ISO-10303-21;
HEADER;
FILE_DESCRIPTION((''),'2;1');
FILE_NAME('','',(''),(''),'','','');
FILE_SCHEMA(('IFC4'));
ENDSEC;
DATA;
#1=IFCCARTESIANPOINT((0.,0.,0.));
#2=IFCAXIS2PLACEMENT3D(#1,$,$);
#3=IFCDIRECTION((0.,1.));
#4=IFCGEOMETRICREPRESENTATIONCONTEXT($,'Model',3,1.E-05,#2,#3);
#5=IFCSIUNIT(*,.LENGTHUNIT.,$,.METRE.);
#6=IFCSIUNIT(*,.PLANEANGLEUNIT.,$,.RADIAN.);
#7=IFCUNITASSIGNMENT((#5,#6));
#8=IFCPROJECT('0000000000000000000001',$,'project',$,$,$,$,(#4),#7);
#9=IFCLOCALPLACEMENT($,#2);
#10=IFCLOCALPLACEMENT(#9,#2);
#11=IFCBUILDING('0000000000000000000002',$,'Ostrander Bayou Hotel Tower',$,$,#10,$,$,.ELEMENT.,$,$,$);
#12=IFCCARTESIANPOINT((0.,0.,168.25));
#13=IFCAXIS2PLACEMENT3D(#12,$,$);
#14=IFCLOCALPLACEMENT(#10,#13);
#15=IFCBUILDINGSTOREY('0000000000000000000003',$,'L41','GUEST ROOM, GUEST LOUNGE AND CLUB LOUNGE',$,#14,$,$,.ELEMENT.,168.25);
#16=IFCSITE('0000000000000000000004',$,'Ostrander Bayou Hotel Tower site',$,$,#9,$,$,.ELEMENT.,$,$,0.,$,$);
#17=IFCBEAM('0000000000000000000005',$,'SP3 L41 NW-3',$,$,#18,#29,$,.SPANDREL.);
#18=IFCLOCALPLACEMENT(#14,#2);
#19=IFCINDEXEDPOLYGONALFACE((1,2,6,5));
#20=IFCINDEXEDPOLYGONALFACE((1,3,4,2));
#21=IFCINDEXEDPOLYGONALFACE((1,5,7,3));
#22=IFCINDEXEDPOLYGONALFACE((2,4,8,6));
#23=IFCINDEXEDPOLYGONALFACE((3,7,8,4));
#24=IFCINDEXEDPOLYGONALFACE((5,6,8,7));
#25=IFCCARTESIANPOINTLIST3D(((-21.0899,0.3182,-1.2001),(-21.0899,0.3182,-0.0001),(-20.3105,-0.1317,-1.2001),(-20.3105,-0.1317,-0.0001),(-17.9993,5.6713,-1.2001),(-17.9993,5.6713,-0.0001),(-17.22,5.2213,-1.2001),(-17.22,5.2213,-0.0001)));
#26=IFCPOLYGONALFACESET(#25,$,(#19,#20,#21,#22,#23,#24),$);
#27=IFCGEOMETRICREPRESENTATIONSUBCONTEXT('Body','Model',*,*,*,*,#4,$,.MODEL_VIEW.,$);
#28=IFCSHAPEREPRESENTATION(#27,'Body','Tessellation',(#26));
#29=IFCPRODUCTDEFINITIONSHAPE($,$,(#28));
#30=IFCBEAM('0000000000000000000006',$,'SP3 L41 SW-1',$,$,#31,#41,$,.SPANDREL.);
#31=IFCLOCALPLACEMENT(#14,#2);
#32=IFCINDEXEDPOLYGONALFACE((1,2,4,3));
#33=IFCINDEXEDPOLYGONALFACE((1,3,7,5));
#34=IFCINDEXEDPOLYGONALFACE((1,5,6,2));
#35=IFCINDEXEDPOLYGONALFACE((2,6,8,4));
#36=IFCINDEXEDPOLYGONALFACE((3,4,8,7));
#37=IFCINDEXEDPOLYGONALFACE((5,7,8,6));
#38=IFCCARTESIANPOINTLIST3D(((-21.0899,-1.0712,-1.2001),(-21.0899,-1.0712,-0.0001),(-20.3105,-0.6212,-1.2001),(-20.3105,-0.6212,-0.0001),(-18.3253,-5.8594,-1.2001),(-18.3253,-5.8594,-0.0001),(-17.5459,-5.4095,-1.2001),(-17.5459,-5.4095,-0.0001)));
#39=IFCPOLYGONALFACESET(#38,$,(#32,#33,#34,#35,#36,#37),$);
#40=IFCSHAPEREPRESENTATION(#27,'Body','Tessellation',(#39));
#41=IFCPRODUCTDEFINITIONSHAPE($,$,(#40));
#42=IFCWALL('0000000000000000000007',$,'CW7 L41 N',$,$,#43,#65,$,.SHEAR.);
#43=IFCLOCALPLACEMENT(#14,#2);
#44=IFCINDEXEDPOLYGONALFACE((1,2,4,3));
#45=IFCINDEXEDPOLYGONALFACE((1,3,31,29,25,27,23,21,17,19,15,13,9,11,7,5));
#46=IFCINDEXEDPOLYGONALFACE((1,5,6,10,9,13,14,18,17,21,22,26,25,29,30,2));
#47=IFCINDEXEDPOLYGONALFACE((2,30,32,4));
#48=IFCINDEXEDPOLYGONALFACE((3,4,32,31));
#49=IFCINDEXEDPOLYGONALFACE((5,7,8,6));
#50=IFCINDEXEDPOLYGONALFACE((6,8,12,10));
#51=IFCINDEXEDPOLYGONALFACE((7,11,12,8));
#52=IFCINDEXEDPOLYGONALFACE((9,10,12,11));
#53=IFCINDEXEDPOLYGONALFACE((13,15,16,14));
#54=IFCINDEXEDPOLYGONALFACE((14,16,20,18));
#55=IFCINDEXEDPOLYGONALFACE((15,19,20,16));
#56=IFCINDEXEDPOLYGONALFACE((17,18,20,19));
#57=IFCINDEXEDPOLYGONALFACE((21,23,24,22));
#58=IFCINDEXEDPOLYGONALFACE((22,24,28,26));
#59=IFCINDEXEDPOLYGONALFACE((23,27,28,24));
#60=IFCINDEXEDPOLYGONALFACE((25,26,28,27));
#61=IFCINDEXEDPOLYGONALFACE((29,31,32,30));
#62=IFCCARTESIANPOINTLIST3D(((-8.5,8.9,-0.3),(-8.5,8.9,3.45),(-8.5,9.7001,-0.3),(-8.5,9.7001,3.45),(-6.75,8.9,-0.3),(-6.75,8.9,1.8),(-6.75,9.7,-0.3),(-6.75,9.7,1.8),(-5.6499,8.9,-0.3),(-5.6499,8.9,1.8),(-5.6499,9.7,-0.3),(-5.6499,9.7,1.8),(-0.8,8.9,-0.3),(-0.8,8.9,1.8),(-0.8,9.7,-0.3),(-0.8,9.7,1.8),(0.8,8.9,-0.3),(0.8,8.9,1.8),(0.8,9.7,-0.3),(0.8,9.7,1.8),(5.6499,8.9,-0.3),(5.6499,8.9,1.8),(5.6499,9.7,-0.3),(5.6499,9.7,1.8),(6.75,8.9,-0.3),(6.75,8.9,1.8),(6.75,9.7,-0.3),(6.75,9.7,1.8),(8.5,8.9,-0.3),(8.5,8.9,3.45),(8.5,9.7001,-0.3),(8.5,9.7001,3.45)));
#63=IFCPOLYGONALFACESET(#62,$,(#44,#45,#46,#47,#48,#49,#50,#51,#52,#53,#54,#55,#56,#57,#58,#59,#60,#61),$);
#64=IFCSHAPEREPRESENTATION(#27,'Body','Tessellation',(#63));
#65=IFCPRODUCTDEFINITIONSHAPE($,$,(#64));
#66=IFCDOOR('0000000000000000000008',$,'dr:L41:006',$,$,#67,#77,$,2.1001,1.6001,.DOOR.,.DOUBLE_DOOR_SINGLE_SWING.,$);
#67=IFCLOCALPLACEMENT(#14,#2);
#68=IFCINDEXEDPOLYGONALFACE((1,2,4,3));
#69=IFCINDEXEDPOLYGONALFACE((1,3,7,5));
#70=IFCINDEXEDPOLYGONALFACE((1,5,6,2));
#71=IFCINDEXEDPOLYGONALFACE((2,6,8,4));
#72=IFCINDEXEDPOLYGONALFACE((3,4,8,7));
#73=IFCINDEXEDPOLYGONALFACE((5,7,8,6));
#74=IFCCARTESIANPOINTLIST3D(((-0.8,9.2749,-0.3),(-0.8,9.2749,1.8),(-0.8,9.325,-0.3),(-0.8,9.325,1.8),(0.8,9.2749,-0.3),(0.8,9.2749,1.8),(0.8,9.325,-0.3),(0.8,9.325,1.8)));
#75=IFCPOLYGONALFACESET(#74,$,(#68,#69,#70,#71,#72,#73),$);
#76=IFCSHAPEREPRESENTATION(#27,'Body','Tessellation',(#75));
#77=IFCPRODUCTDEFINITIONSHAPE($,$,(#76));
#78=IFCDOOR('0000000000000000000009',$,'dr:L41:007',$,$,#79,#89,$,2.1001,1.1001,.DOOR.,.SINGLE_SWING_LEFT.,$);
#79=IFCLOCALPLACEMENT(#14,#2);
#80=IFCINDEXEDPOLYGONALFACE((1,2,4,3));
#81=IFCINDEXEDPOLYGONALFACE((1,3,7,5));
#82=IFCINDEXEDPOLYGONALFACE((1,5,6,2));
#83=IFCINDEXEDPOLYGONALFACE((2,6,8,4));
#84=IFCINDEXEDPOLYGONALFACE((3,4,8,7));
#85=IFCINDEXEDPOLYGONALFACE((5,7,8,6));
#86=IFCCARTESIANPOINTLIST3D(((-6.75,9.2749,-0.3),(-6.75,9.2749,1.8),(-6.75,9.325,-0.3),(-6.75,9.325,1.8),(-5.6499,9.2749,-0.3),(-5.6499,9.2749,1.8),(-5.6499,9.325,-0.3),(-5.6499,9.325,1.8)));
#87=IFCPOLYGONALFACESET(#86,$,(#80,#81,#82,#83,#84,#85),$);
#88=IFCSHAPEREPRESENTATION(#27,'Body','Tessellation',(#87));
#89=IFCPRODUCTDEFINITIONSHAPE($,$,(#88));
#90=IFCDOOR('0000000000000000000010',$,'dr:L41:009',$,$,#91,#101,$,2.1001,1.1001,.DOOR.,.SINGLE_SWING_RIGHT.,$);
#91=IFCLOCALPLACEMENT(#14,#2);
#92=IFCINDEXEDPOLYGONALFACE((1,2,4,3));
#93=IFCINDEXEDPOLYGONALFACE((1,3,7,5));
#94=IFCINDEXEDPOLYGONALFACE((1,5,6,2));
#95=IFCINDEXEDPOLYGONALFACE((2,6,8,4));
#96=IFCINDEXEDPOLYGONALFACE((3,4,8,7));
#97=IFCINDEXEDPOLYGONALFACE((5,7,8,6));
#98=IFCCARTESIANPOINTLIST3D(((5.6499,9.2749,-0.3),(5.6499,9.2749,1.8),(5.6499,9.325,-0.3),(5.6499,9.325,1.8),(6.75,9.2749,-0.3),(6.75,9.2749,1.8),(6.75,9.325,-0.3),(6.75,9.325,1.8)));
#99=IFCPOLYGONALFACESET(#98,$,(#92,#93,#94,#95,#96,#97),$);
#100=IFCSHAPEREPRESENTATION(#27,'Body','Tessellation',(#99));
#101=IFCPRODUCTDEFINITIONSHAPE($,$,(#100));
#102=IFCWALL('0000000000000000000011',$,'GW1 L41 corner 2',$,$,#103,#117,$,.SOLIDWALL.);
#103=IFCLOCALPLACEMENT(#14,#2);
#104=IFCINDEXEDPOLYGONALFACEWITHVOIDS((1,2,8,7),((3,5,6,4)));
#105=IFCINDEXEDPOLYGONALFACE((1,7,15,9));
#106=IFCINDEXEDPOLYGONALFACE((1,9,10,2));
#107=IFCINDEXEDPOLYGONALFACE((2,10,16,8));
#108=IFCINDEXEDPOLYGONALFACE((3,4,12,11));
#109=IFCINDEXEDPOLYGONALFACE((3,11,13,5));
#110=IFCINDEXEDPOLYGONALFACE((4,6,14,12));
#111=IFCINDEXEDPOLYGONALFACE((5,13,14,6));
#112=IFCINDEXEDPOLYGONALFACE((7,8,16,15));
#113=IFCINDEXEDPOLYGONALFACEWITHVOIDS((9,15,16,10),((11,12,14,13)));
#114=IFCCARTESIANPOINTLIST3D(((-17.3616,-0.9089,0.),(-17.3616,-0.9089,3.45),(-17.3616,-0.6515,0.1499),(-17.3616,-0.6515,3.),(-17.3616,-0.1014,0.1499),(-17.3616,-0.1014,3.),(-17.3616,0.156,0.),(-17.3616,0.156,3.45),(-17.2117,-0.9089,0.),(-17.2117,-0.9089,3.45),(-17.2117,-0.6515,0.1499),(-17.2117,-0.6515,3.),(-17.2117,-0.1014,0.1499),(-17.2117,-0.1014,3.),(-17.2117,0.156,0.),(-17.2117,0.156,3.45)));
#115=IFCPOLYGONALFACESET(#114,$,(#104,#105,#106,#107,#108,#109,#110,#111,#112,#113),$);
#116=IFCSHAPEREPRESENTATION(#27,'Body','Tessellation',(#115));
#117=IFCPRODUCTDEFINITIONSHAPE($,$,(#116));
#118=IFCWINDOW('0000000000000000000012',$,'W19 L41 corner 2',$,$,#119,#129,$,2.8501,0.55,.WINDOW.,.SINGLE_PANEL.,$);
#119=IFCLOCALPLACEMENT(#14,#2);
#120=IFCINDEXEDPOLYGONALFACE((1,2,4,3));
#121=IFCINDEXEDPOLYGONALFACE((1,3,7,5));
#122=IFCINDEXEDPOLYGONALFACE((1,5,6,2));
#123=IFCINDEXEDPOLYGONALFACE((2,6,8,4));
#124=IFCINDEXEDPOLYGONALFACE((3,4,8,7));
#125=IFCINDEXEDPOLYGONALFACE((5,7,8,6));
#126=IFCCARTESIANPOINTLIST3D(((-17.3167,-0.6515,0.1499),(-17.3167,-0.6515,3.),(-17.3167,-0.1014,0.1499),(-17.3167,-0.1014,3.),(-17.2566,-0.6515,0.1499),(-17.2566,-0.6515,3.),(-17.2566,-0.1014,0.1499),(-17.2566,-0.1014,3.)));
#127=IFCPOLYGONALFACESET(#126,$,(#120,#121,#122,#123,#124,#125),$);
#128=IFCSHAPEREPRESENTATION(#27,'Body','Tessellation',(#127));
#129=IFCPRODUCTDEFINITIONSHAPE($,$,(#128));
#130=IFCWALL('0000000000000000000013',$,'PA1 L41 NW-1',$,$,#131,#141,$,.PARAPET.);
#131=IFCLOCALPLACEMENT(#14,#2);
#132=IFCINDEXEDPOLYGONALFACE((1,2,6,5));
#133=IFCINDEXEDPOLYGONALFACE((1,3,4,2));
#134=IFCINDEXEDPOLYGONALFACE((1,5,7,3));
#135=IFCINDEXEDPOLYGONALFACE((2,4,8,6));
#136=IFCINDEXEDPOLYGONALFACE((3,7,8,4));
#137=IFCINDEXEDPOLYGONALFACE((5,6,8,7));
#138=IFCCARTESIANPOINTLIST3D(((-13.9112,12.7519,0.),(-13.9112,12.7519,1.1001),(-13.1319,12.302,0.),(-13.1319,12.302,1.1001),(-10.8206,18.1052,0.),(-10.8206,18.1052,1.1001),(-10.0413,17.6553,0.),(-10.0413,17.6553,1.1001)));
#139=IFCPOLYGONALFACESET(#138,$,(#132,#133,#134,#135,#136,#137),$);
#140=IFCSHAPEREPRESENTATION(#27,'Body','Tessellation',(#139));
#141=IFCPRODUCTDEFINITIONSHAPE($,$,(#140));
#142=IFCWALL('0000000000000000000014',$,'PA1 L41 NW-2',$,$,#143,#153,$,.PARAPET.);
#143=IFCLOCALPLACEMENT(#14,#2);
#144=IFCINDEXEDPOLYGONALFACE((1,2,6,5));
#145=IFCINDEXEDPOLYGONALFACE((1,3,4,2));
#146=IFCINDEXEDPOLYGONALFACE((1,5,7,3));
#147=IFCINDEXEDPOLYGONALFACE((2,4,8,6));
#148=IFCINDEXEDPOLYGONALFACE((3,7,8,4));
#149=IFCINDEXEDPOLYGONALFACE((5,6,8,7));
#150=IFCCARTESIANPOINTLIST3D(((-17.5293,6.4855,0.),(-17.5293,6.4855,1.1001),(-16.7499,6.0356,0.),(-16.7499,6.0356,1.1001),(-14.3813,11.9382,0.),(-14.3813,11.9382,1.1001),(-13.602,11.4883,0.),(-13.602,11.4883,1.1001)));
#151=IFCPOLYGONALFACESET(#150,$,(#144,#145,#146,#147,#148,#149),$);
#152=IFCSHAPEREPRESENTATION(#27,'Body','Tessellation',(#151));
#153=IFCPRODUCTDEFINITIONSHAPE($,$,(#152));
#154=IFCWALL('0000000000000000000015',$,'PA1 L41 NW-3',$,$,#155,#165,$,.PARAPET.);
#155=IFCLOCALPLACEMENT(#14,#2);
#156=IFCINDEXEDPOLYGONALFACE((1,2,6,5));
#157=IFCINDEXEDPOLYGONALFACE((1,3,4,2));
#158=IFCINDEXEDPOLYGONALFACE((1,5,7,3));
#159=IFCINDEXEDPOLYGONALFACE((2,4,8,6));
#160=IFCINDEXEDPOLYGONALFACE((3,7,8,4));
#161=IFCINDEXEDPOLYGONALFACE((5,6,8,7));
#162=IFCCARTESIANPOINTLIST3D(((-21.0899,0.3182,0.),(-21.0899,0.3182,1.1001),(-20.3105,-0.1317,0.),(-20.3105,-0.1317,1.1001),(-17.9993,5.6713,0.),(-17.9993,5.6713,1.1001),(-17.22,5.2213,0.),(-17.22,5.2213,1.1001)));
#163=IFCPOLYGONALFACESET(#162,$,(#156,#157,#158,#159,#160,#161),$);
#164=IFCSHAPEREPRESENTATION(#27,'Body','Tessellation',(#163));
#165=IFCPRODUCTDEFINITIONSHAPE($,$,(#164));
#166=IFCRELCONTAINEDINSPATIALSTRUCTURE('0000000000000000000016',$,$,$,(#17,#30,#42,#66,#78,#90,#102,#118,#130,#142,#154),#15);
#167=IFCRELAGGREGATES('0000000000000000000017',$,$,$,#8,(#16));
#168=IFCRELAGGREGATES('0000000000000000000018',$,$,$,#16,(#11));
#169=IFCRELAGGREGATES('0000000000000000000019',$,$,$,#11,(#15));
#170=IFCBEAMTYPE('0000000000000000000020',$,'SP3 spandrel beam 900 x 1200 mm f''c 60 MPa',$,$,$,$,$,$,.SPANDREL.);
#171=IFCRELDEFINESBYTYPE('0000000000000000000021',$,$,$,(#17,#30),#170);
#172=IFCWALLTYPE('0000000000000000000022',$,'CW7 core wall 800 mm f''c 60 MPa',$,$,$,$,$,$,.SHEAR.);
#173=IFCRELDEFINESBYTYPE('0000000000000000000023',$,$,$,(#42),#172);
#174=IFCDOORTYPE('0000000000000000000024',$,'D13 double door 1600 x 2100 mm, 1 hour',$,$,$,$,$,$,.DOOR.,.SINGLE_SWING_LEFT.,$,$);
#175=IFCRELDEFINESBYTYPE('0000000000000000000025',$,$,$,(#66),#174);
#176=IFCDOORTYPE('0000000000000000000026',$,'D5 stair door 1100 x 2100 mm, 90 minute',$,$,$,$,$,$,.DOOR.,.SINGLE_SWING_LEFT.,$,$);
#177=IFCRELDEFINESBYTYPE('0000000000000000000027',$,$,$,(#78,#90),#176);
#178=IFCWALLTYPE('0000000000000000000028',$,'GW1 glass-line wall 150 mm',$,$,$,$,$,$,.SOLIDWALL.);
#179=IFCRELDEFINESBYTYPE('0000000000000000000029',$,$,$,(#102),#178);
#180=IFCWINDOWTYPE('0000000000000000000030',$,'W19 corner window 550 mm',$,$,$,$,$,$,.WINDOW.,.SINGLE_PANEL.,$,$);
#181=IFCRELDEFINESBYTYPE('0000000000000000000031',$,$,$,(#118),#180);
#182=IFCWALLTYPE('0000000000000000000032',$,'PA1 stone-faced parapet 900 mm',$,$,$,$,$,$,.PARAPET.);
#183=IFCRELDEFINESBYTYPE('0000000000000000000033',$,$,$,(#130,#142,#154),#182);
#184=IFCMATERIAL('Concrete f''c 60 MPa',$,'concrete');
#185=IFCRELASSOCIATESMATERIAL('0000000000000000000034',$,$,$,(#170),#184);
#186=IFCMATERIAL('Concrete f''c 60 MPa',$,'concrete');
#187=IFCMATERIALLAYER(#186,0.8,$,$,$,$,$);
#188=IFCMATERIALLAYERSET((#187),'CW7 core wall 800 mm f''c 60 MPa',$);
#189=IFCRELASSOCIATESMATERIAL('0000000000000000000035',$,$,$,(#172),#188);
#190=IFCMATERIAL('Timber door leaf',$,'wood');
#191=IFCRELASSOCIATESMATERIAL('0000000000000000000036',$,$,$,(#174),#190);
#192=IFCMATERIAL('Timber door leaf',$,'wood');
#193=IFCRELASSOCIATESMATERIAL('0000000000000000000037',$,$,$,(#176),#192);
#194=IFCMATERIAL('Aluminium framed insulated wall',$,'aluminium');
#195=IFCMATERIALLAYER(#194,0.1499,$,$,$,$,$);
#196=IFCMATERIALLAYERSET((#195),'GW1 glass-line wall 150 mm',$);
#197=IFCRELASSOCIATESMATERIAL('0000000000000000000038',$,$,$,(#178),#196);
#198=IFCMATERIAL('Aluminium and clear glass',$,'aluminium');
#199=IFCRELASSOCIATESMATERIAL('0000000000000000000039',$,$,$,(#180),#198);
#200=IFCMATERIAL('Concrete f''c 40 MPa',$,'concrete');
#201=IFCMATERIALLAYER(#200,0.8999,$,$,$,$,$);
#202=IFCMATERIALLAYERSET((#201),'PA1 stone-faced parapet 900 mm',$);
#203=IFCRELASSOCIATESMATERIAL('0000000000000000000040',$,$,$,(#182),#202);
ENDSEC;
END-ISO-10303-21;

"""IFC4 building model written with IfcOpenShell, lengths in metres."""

from ifc_helpers import new_model, si_unit, direction, frame, frame_2d, origin, origin_2d, place, context, subcontext, project, spatial, rectangle, extrude, material, layer, layer_set, material_profile, profile_set, type_object, element, fill, save


model = new_model("IFC4")

# Units and contexts
model_context = context("Model", 3, precision=1e-05, world=origin(), true_north=direction((0.0, 1.0)))
body_context = subcontext(model_context, "Body", "Model", "MODEL_VIEW")
ifc_project = project(units=[si_unit("LENGTHUNIT", "METRE"), si_unit("PLANEANGLEUNIT", "RADIAN")], contexts=[model_context])

# Site, building, storey
site_placement = place(None, origin())
site = spatial("IfcSite", under=ifc_project, at=site_placement, Name="Ostrander Bayou Hotel Tower site", CompositionType="ELEMENT", RefElevation=0.0)
building_placement = place(site_placement, origin())
building = spatial("IfcBuilding", under=site, at=building_placement, Name="Ostrander Bayou Hotel Tower", CompositionType="ELEMENT")
storey_placement = place(building_placement, frame((0.0, 0.0, 168.25)))
storey = spatial("IfcBuildingStorey", under=building, at=storey_placement, Name="L41", Description="GUEST ROOM, GUEST LOUNGE AND CLUB LOUNGE", CompositionType="ELEMENT", Elevation=168.25)

# Beams
ifc_material_1 = material(Name="Concrete f'c 60 MPa", Category="concrete")
ifc_material_profile_1 = material_profile(ifc_material_1, rectangle(XDim=0.8999, YDim=1.2, at=origin_2d()))
ifc_profile_set_1 = profile_set([ifc_material_profile_1], Name="Concrete f'c 60 MPa")
beam_type_1 = type_object("IfcBeamType", Name="SP3 spandrel beam 900 x 1200 mm f'c 60 MPa", PredefinedType="SPANDREL", material=ifc_profile_set_1)
beam_1_placement = place(storey_placement, frame((-17.6096, 5.4463, -0.6001), z_axis=(-0.500001, -0.866025, 0.0), x_axis=(0.866025, -0.500001, 0.0)))
element("IfcBeam", 1, at=beam_1_placement, inside=storey, type_object=beam_type_1, Name="SP3 L41 NW-3", PredefinedType="SPANDREL", context=body_context, shape_type="SweptSolid", body=[
    extrude(rectangle(XDim=0.8999, YDim=1.2, at=origin_2d()), origin(), (0.0, 0.0, 1.0), 6.1812),
])
beam_2_placement = place(storey_placement, frame((-20.7002, -0.8462, -0.6001), z_axis=(0.500014, -0.866017, 0.0), x_axis=(0.866017, 0.500014, 0.0)))
element("IfcBeam", 2, at=beam_2_placement, inside=storey, type_object=beam_type_1, Name="SP3 L41 SW-1", PredefinedType="SPANDREL", context=body_context, shape_type="SweptSolid", body=[
    extrude(rectangle(XDim=0.8999, YDim=1.2, at=origin_2d()), origin(), (0.0, 0.0, 1.0), 5.5291),
])

# Wall, openings, doors
ifc_material_2 = material(Name="Concrete f'c 60 MPa", Category="concrete")
ifc_layer_1 = layer(ifc_material_2, 0.8)
ifc_layer_set_1 = layer_set([ifc_layer_1], Name="CW7 core wall 800 mm f'c 60 MPa")
wall_type_1 = type_object("IfcWallType", Name="CW7 core wall 800 mm f'c 60 MPa", PredefinedType="SHEAR", material=ifc_layer_set_1)
wall_1_placement = place(storey_placement, frame((-8.5, 9.3, -0.3), z_axis=(0.0, 0.0, 1.0), x_axis=(1.0, 0.0, 0.0)))
wall_1 = element("IfcWall", 3, at=wall_1_placement, inside=storey, type_object=wall_type_1, Name="CW7 L41 N", PredefinedType="SHEAR", context=body_context, shape_type="SweptSolid", body=[
    extrude(rectangle(XDim=17.0, YDim=0.8, at=frame_2d((8.5, 0.0))), origin(), (0.0, 0.0, 1.0), 3.75),
])
opening_1_placement = place(wall_1_placement, frame((7.7, 0.0, 0.0)))
opening_1 = element("IfcOpeningElement", 4, at=opening_1_placement, cuts=wall_1, PredefinedType="OPENING", context=body_context, shape_type="SweptSolid", body=[
    extrude(rectangle(XDim=1.6001, YDim=2.1001, at=frame_2d((0.8, 1.05))), frame((0.0, 0.3999, 0.0), z_axis=(0.0, -1.0, 0.0), x_axis=(1.0, 0.0, 0.0)), (0.0, 0.0, 1.0), 0.8),
])
opening_2_placement = place(wall_1_placement, frame((1.75, 0.0, 0.0)))
opening_2 = element("IfcOpeningElement", 5, at=opening_2_placement, cuts=wall_1, PredefinedType="OPENING", context=body_context, shape_type="SweptSolid", body=[
    extrude(rectangle(XDim=1.1001, YDim=2.1001, at=frame_2d((0.55, 1.05))), frame((0.0, 0.3999, 0.0), z_axis=(0.0, -1.0, 0.0), x_axis=(1.0, 0.0, 0.0)), (0.0, 0.0, 1.0), 0.8),
])
opening_3_placement = place(wall_1_placement, frame((14.1499, 0.0, 0.0)))
opening_3 = element("IfcOpeningElement", 6, at=opening_3_placement, cuts=wall_1, PredefinedType="OPENING", context=body_context, shape_type="SweptSolid", body=[
    extrude(rectangle(XDim=1.1001, YDim=2.1001, at=frame_2d((0.55, 1.05))), frame((0.0, 0.3999, 0.0), z_axis=(0.0, -1.0, 0.0), x_axis=(1.0, 0.0, 0.0)), (0.0, 0.0, 1.0), 0.8),
])
ifc_material_3 = material(Name="Timber door leaf", Category="wood")
door_type_1 = type_object("IfcDoorType", Name="D13 double door 1600 x 2100 mm, 1 hour", OperationType="SINGLE_SWING_LEFT", PredefinedType="DOOR", material=ifc_material_3)
door_1_placement = place(opening_1_placement, origin())
door_1 = element("IfcDoor", 7, at=door_1_placement, inside=storey, type_object=door_type_1, Name="dr:L41:006", OperationType="DOUBLE_DOOR_SINGLE_SWING", OverallHeight=2.1001, OverallWidth=1.6001, PredefinedType="DOOR", context=body_context, shape_type="SweptSolid", body=[
    extrude(rectangle(XDim=1.6001, YDim=2.1001, at=frame_2d((0.8, 1.05))), frame((0.0, 0.0249, 0.0), z_axis=(0.0, -1.0, 0.0), x_axis=(1.0, 0.0, 0.0)), (0.0, 0.0, 1.0), 0.05),
])
fill(opening_1, door_1)
ifc_material_4 = material(Name="Timber door leaf", Category="wood")
door_type_2 = type_object("IfcDoorType", Name="D5 stair door 1100 x 2100 mm, 90 minute", OperationType="SINGLE_SWING_LEFT", PredefinedType="DOOR", material=ifc_material_4)
door_2_placement = place(opening_2_placement, origin())
door_2 = element("IfcDoor", 8, at=door_2_placement, inside=storey, type_object=door_type_2, Name="dr:L41:007", OperationType="SINGLE_SWING_LEFT", OverallHeight=2.1001, OverallWidth=1.1001, PredefinedType="DOOR", context=body_context, shape_type="SweptSolid", body=[
    extrude(rectangle(XDim=1.1001, YDim=2.1001, at=frame_2d((0.55, 1.05))), frame((0.0, 0.0249, 0.0), z_axis=(0.0, -1.0, 0.0), x_axis=(1.0, 0.0, 0.0)), (0.0, 0.0, 1.0), 0.05),
])
fill(opening_2, door_2)
door_3_placement = place(opening_3_placement, origin())
door_3 = element("IfcDoor", 9, at=door_3_placement, inside=storey, type_object=door_type_2, Name="dr:L41:009", OperationType="SINGLE_SWING_RIGHT", OverallHeight=2.1001, OverallWidth=1.1001, PredefinedType="DOOR", context=body_context, shape_type="SweptSolid", body=[
    extrude(rectangle(XDim=1.1001, YDim=2.1001, at=frame_2d((0.55, 1.05))), frame((0.0, 0.0249, 0.0), z_axis=(0.0, -1.0, 0.0), x_axis=(1.0, 0.0, 0.0)), (0.0, 0.0, 1.0), 0.05),
])
fill(opening_3, door_3)

# Wall, opening, window
ifc_material_5 = material(Name="Aluminium framed insulated wall", Category="aluminium")
ifc_layer_2 = layer(ifc_material_5, 0.1499)
ifc_layer_set_2 = layer_set([ifc_layer_2], Name="GW1 glass-line wall 150 mm")
wall_type_2 = type_object("IfcWallType", Name="GW1 glass-line wall 150 mm", PredefinedType="SOLIDWALL", material=ifc_layer_set_2)
wall_2_placement = place(storey_placement, frame((-17.2866, 0.156, 0.0), z_axis=(0.0, 0.0, 1.0), x_axis=(0.0, -1.0, 0.0)))
wall_2 = element("IfcWall", 10, at=wall_2_placement, inside=storey, type_object=wall_type_2, Name="GW1 L41 corner 2", PredefinedType="SOLIDWALL", context=body_context, shape_type="SweptSolid", body=[
    extrude(rectangle(XDim=1.0649, YDim=0.1499, at=frame_2d((0.5325, 0.0))), origin(), (0.0, 0.0, 1.0), 3.45),
])
opening_4_placement = place(wall_2_placement, frame((0.2576, 0.0, 0.1499)))
opening_4 = element("IfcOpeningElement", 11, at=opening_4_placement, cuts=wall_2, PredefinedType="OPENING", context=body_context, shape_type="SweptSolid", body=[
    extrude(rectangle(XDim=0.55, YDim=2.8501, at=frame_2d((0.2749, 1.425))), frame((0.0, 0.075, 0.0), z_axis=(0.0, -1.0, 0.0), x_axis=(1.0, 0.0, 0.0)), (0.0, 0.0, 1.0), 0.1499),
])
ifc_material_6 = material(Name="Aluminium and clear glass", Category="aluminium")
window_type = type_object("IfcWindowType", Name="W19 corner window 550 mm", PartitioningType="SINGLE_PANEL", PredefinedType="WINDOW", material=ifc_material_6)
window_placement = place(opening_4_placement, origin())
window = element("IfcWindow", 12, at=window_placement, inside=storey, type_object=window_type, Name="W19 L41 corner 2", OverallHeight=2.8501, OverallWidth=0.55, PartitioningType="SINGLE_PANEL", PredefinedType="WINDOW", context=body_context, shape_type="SweptSolid", body=[
    extrude(rectangle(XDim=0.55, YDim=2.8501, at=frame_2d((0.2749, 1.425))), frame((0.0, 0.03, 0.0), z_axis=(0.0, -1.0, 0.0), x_axis=(1.0, 0.0, 0.0)), (0.0, 0.0, 1.0), 0.0601),
])
fill(opening_4, window)

# Walls
ifc_material_7 = material(Name="Concrete f'c 40 MPa", Category="concrete")
ifc_layer_3 = layer(ifc_material_7, 0.8999)
ifc_layer_set_3 = layer_set([ifc_layer_3], Name="PA1 stone-faced parapet 900 mm")
wall_type_3 = type_object("IfcWallType", Name="PA1 stone-faced parapet 900 mm", PredefinedType="PARAPET", material=ifc_layer_set_3)
wall_3_placement = place(storey_placement, frame((-10.4309, 17.8804, 0.0), z_axis=(0.0, 0.0, 1.0), x_axis=(-0.499983, -0.866035, 0.0)))
element("IfcWall", 13, at=wall_3_placement, inside=storey, type_object=wall_type_3, Name="PA1 L41 NW-1", PredefinedType="PARAPET", context=body_context, shape_type="SweptSolid", body=[
    extrude(rectangle(XDim=6.1814, YDim=0.8999, at=frame_2d((3.0908, 0.0))), origin(), (0.0, 0.0, 1.0), 1.1001),
])
wall_4_placement = place(storey_placement, frame((-13.9917, 11.7131, 0.0), z_axis=(0.0, 0.0, 1.0), x_axis=(-0.499984, -0.866034, 0.0)))
element("IfcWall", 14, at=wall_4_placement, inside=storey, type_object=wall_type_3, Name="PA1 L41 NW-2", PredefinedType="PARAPET", context=body_context, shape_type="SweptSolid", body=[
    extrude(rectangle(XDim=6.2961, YDim=0.8999, at=frame_2d((3.1479, 0.0))), origin(), (0.0, 0.0, 1.0), 1.1001),
])
wall_5_placement = place(storey_placement, frame((-17.6096, 5.4463, 0.0), z_axis=(0.0, 0.0, 1.0), x_axis=(-0.500001, -0.866025, 0.0)))
element("IfcWall", 15, at=wall_5_placement, inside=storey, type_object=wall_type_3, Name="PA1 L41 NW-3", PredefinedType="PARAPET", context=body_context, shape_type="SweptSolid", body=[
    extrude(rectangle(XDim=6.1812, YDim=0.8999, at=frame_2d((3.0906, 0.0))), origin(), (0.0, 0.0, 1.0), 1.1001),
])

save(model, "model.ifc")
